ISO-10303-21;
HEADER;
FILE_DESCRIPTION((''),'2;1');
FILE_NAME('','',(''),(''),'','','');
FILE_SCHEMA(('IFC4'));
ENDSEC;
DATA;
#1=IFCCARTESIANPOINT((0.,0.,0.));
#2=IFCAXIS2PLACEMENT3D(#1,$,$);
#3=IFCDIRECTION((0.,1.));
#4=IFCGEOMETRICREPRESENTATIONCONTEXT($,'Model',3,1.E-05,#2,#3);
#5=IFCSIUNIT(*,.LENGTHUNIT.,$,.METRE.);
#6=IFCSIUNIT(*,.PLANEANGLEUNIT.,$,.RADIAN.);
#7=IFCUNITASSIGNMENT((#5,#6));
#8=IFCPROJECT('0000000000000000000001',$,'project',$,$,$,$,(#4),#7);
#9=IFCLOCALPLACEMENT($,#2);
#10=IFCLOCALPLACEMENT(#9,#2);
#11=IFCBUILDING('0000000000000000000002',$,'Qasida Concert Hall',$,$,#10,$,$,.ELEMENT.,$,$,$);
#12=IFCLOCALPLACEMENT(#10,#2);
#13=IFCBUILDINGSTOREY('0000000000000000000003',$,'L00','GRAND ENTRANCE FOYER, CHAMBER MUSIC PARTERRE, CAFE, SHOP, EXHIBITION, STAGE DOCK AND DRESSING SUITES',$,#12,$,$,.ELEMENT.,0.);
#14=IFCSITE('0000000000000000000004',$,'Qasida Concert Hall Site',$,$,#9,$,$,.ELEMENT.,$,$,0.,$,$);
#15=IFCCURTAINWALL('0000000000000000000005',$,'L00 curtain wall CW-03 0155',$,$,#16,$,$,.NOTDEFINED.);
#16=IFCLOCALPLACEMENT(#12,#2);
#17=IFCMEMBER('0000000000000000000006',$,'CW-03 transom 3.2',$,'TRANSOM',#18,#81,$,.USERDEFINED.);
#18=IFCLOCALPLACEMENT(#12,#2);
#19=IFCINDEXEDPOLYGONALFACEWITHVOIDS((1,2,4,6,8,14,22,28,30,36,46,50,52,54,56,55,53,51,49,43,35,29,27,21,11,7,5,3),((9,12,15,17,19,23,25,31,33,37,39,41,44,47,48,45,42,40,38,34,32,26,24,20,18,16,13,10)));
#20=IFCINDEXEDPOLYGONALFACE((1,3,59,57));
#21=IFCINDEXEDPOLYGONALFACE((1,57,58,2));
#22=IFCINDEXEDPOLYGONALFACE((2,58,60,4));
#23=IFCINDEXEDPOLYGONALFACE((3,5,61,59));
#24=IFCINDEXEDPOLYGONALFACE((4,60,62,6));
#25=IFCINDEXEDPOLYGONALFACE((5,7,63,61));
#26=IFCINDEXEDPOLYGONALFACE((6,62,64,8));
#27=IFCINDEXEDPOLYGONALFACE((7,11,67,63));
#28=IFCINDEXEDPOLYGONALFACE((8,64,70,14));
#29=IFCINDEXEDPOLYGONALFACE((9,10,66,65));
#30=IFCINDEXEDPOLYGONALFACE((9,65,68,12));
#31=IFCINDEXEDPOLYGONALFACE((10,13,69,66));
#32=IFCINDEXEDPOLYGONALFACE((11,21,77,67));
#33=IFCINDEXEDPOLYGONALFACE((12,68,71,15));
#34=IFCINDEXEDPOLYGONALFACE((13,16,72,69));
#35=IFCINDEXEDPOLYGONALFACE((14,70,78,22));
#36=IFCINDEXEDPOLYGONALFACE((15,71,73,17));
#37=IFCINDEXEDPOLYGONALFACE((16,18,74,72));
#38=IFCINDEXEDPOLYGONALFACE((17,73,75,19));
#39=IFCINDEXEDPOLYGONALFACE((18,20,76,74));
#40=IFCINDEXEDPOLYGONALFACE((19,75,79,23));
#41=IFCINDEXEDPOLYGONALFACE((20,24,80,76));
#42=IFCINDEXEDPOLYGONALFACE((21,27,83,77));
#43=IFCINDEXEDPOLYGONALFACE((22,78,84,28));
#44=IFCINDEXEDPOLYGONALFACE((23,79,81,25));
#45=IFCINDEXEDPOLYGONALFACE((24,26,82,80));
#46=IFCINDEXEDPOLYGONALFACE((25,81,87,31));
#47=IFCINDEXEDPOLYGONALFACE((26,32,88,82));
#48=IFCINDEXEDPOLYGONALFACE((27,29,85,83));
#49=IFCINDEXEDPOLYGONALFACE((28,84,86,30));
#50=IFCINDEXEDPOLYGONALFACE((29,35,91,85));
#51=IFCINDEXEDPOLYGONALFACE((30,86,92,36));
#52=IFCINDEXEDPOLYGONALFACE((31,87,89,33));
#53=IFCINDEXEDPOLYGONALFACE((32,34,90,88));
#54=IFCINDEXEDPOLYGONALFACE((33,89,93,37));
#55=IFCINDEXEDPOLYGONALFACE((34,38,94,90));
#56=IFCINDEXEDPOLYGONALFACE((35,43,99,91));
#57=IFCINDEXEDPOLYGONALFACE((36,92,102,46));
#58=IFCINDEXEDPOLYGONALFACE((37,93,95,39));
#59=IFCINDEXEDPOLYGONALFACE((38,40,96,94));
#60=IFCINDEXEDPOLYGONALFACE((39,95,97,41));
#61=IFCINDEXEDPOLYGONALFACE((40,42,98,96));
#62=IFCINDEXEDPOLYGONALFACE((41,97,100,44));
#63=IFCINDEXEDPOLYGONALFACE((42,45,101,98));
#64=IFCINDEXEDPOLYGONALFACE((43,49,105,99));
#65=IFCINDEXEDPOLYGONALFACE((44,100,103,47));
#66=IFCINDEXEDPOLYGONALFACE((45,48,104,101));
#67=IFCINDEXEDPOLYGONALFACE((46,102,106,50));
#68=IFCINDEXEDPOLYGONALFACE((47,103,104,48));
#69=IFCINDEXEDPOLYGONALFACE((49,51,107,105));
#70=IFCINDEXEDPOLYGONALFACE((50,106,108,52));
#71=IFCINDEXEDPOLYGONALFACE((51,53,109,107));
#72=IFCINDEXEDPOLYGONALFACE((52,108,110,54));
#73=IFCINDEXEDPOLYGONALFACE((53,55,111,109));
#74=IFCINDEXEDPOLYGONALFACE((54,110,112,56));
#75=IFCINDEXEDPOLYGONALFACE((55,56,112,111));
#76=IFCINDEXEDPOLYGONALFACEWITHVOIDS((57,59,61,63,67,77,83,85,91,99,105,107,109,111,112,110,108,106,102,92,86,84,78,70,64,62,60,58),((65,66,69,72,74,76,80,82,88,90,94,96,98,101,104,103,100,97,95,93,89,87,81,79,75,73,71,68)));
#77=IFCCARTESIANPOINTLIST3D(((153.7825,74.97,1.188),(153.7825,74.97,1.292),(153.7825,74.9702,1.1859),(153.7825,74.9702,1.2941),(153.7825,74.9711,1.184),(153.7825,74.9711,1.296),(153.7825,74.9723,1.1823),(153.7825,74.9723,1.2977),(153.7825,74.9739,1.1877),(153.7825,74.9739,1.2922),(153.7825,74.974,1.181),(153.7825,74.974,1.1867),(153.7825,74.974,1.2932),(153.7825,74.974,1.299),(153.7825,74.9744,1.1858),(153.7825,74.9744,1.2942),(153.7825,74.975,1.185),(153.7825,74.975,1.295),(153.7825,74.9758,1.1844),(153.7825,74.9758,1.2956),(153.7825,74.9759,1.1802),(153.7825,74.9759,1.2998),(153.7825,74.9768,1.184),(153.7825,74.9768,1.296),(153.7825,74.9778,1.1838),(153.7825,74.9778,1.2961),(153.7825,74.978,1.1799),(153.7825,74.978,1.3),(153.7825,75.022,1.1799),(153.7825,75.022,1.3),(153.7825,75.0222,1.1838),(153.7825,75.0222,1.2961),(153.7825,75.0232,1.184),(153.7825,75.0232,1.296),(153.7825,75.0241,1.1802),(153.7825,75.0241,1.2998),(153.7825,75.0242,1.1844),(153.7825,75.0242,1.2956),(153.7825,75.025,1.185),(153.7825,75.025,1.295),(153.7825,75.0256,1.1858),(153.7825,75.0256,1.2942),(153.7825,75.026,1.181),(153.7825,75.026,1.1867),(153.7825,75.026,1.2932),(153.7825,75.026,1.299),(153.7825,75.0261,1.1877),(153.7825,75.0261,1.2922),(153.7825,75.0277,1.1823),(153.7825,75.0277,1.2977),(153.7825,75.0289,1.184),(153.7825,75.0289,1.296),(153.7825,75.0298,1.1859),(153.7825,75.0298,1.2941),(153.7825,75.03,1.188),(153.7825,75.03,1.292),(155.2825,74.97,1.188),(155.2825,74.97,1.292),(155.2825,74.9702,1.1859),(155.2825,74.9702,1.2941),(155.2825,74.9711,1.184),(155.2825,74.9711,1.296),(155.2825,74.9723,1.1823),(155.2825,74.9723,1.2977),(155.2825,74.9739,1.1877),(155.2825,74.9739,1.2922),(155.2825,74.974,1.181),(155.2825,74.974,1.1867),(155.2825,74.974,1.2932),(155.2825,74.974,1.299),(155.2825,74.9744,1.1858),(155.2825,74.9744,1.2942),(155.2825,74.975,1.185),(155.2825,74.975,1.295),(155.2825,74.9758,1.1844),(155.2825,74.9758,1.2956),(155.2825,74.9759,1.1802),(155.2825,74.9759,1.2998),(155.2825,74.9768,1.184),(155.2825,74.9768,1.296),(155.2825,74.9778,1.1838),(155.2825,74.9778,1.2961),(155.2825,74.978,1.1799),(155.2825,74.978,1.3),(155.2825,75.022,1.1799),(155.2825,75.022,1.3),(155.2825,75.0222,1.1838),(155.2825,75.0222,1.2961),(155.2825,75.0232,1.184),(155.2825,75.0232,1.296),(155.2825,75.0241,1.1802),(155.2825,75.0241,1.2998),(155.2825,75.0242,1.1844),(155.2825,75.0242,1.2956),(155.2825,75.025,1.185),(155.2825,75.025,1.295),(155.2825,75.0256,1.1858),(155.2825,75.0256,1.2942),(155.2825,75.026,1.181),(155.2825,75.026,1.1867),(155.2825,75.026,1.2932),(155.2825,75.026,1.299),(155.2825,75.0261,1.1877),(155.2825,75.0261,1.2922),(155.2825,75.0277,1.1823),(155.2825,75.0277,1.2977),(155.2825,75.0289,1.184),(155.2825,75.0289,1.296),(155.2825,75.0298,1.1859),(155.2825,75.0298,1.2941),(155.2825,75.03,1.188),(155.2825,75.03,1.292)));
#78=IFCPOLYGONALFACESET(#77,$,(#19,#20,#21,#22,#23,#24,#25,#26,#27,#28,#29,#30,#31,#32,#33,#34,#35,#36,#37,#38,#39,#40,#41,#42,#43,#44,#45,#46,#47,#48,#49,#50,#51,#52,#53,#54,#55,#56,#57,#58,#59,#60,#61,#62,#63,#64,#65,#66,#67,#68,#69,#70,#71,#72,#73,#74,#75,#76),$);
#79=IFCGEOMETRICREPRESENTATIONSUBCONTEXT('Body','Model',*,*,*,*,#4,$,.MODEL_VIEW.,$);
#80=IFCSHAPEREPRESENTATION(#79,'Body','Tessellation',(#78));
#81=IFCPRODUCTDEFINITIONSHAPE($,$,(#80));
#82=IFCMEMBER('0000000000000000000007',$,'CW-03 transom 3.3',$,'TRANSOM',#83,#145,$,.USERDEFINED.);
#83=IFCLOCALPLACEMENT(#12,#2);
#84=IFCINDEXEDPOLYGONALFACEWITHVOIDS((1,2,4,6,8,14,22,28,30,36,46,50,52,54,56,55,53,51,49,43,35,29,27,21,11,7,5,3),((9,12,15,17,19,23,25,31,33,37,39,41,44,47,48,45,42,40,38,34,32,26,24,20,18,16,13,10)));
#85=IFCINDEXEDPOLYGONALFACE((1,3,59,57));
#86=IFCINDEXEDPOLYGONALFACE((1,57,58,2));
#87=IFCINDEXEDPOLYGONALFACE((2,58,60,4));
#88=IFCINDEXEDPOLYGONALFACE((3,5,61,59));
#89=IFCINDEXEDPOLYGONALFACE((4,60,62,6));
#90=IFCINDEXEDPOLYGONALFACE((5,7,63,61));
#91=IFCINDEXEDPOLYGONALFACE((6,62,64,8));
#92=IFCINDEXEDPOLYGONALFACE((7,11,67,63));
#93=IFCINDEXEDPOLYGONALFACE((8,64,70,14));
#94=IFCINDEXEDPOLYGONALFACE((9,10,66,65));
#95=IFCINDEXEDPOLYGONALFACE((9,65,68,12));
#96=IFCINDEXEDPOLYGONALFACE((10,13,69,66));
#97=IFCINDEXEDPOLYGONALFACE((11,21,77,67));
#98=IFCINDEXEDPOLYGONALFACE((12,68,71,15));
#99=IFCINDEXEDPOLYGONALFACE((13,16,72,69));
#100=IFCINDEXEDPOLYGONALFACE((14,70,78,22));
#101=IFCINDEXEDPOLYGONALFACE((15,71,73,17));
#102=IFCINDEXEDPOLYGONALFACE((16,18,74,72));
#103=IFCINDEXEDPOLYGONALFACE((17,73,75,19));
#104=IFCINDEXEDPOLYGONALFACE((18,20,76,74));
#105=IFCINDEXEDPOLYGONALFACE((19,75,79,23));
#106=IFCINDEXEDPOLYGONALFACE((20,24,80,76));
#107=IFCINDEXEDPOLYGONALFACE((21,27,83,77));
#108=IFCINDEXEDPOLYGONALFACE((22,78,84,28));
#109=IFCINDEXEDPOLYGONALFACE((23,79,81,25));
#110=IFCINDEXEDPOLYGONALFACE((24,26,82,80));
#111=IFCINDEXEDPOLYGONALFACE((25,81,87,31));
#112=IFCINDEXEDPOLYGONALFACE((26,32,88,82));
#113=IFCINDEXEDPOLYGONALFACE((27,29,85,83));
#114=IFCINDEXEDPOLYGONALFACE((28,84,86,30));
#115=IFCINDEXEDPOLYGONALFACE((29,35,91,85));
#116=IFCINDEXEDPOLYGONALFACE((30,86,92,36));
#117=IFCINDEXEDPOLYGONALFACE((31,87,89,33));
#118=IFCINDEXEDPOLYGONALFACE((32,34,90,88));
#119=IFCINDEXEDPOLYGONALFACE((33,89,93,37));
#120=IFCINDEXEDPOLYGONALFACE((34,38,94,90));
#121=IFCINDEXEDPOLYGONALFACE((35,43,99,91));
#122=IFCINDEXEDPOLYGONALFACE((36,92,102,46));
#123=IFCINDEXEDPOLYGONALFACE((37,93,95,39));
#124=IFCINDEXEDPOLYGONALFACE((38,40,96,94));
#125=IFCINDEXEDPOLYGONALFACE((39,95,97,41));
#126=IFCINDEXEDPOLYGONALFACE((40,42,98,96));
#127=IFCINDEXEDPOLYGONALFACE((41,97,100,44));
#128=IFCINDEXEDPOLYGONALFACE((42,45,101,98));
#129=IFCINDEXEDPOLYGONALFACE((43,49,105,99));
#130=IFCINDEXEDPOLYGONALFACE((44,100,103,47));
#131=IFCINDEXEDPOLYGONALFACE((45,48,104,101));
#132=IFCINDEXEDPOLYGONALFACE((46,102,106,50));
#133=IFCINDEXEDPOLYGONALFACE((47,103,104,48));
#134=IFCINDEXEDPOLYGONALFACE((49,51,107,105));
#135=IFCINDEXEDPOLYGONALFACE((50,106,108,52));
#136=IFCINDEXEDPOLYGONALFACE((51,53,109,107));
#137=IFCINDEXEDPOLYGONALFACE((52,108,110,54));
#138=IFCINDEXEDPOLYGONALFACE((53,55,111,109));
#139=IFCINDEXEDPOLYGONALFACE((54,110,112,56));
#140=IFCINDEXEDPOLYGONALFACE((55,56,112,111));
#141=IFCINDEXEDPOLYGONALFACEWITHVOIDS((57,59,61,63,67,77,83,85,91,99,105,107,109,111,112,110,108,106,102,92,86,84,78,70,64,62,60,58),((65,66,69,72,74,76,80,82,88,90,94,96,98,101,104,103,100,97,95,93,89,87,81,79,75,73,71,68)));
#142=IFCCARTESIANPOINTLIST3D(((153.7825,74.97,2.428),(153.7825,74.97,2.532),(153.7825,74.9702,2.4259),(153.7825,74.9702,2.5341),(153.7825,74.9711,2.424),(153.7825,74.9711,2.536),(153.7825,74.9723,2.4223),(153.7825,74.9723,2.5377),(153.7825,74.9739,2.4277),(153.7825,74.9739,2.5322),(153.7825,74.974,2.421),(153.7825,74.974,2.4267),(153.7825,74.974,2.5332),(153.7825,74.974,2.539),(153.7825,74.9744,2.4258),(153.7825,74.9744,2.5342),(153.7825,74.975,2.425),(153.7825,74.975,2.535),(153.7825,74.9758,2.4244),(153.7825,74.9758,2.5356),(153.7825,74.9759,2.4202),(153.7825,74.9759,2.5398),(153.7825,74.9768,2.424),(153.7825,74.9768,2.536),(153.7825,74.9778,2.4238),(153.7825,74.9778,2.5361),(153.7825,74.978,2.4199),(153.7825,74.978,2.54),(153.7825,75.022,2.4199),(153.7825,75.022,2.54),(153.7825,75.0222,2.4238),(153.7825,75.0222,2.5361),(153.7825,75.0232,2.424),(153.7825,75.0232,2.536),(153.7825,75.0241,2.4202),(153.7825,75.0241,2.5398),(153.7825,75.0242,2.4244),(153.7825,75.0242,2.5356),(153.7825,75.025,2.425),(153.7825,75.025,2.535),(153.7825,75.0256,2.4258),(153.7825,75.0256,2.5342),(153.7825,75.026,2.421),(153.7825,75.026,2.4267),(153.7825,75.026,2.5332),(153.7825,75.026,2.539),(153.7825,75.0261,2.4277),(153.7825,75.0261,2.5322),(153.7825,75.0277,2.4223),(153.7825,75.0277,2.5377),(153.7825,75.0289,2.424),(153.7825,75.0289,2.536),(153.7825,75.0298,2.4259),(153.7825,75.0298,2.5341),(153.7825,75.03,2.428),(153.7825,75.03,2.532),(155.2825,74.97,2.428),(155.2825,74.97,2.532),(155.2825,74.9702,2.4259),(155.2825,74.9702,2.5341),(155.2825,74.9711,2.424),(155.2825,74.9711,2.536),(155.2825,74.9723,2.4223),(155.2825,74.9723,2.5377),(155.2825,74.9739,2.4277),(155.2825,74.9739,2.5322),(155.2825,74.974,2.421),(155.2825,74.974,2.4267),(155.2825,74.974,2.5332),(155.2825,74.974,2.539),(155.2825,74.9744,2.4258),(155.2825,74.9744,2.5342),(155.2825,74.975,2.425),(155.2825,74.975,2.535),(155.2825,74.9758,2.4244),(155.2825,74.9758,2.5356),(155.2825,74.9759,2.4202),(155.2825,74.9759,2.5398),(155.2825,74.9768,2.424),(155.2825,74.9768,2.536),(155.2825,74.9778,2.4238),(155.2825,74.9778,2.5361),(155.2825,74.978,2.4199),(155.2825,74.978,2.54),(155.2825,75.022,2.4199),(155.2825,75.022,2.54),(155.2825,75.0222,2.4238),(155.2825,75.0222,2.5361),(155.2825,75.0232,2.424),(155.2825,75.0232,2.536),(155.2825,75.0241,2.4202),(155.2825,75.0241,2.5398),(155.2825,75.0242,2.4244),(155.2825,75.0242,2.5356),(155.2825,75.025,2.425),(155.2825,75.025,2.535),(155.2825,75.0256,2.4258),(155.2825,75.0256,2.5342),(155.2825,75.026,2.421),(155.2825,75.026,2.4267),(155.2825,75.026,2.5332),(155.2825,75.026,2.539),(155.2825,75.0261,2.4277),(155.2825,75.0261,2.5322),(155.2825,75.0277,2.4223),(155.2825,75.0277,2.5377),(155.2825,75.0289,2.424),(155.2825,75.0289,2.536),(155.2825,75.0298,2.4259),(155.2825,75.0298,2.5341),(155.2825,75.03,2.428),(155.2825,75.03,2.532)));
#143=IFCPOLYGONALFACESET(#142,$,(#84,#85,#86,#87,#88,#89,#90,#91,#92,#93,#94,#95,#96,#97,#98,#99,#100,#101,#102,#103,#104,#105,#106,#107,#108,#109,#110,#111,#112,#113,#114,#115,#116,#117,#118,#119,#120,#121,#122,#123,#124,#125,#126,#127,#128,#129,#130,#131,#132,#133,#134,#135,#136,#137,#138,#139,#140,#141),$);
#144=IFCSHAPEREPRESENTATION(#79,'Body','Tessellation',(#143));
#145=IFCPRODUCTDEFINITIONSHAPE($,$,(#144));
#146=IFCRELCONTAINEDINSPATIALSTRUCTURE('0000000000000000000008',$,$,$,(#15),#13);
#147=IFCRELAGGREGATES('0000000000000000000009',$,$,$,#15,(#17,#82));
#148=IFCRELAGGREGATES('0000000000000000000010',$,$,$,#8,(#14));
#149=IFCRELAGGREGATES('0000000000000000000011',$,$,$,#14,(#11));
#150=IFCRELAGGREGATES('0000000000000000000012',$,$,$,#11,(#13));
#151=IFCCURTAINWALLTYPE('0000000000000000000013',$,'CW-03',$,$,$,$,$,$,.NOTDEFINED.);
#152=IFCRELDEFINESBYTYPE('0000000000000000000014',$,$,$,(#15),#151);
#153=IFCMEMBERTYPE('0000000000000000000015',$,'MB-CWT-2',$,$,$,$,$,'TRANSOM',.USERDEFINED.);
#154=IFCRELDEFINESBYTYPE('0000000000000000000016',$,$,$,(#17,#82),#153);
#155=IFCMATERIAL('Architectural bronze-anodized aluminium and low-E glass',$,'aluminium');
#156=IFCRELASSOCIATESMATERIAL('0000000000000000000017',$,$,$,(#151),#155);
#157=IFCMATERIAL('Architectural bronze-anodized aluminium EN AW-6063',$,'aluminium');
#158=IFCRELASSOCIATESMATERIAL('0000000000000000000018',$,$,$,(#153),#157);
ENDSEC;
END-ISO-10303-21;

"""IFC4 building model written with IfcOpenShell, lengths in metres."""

from ifc_helpers import new_model, si_unit, direction, frame, origin, origin_2d, place, context, subcontext, project, spatial, hollow_rectangle, extrude, material, material_profile, profile_set, type_object, element, aggregate, save


model = new_model("IFC4")

# Units and contexts
model_context = context("Model", 3, precision=1e-05, world=origin(), true_north=direction((0.0, 1.0)))
body_context = subcontext(model_context, "Body", "Model", "MODEL_VIEW")
ifc_project = project(units=[si_unit("LENGTHUNIT", "METRE"), si_unit("PLANEANGLEUNIT", "RADIAN")], contexts=[model_context])

# Site, building, storey
site_placement = place(None, origin())
site = spatial("IfcSite", under=ifc_project, at=site_placement, Name="Qasida Concert Hall Site", CompositionType="ELEMENT", RefElevation=0.0)
building_placement = place(site_placement, origin())
building = spatial("IfcBuilding", under=site, at=building_placement, Name="Qasida Concert Hall", CompositionType="ELEMENT")
storey_placement = place(building_placement, origin())
storey = spatial("IfcBuildingStorey", under=building, at=storey_placement, Name="L00", Description="GRAND ENTRANCE FOYER, CHAMBER MUSIC PARTERRE, CAFE, SHOP, EXHIBITION, STAGE DOCK AND DRESSING SUITES", CompositionType="ELEMENT", Elevation=0.0)

# Curtain wall, members
ifc_material_1 = material(Name="Architectural bronze-anodized aluminium and low-E glass", Category="aluminium")
curtain_wall_type = type_object("IfcCurtainWallType", Name="CW-03", PredefinedType="NOTDEFINED", material=ifc_material_1)
curtain_wall_placement = place(storey_placement, origin())
curtain_wall = element("IfcCurtainWall", 1, at=curtain_wall_placement, inside=storey, type_object=curtain_wall_type, Name="L00 curtain wall CW-03 0155", PredefinedType="NOTDEFINED")
ifc_material_2 = material(Name="Architectural bronze-anodized aluminium EN AW-6063", Category="aluminium")
ifc_material_profile_1 = material_profile(ifc_material_2, hollow_rectangle(XDim=0.0601, YDim=0.1201, WallThickness=0.0039, InnerFilletRadius=0.0039, OuterFilletRadius=0.0081, at=origin_2d()), Name="CWT 120x60x4")
ifc_profile_set_1 = profile_set([ifc_material_profile_1], Name="Architectural bronze-anodized aluminium EN AW-6063")
member_type_1 = type_object("IfcMemberType", Name="MB-CWT-2", ElementType="TRANSOM", PredefinedType="USERDEFINED", material=ifc_profile_set_1)
member_1_placement = place(storey_placement, frame((153.7825, 75.0, 1.24), z_axis=(1.0, 0.0, 0.0), x_axis=(0.0, 1.0, 0.0)))
member_1 = element("IfcMember", 2, at=member_1_placement, type_object=member_type_1, Name="CW-03 transom 3.2", ObjectType="TRANSOM", PredefinedType="USERDEFINED", context=body_context, shape_type="SweptSolid", body=[
    extrude(hollow_rectangle(XDim=0.0601, YDim=0.1201, WallThickness=0.0039, InnerFilletRadius=0.0039, OuterFilletRadius=0.0081, at=origin_2d()), origin(), (0.0, 0.0, 1.0), 1.5),
])
member_2_placement = place(storey_placement, frame((153.7825, 75.0, 2.48), z_axis=(1.0, 0.0, 0.0), x_axis=(0.0, 1.0, 0.0)))
member_2 = element("IfcMember", 3, at=member_2_placement, type_object=member_type_1, Name="CW-03 transom 3.3", ObjectType="TRANSOM", PredefinedType="USERDEFINED", context=body_context, shape_type="SweptSolid", body=[
    extrude(hollow_rectangle(XDim=0.0601, YDim=0.1201, WallThickness=0.0039, InnerFilletRadius=0.0039, OuterFilletRadius=0.0081, at=origin_2d()), origin(), (0.0, 0.0, 1.0), 1.5),
])
aggregate(curtain_wall, [member_1, member_2])

save(model, "model.ifc")
